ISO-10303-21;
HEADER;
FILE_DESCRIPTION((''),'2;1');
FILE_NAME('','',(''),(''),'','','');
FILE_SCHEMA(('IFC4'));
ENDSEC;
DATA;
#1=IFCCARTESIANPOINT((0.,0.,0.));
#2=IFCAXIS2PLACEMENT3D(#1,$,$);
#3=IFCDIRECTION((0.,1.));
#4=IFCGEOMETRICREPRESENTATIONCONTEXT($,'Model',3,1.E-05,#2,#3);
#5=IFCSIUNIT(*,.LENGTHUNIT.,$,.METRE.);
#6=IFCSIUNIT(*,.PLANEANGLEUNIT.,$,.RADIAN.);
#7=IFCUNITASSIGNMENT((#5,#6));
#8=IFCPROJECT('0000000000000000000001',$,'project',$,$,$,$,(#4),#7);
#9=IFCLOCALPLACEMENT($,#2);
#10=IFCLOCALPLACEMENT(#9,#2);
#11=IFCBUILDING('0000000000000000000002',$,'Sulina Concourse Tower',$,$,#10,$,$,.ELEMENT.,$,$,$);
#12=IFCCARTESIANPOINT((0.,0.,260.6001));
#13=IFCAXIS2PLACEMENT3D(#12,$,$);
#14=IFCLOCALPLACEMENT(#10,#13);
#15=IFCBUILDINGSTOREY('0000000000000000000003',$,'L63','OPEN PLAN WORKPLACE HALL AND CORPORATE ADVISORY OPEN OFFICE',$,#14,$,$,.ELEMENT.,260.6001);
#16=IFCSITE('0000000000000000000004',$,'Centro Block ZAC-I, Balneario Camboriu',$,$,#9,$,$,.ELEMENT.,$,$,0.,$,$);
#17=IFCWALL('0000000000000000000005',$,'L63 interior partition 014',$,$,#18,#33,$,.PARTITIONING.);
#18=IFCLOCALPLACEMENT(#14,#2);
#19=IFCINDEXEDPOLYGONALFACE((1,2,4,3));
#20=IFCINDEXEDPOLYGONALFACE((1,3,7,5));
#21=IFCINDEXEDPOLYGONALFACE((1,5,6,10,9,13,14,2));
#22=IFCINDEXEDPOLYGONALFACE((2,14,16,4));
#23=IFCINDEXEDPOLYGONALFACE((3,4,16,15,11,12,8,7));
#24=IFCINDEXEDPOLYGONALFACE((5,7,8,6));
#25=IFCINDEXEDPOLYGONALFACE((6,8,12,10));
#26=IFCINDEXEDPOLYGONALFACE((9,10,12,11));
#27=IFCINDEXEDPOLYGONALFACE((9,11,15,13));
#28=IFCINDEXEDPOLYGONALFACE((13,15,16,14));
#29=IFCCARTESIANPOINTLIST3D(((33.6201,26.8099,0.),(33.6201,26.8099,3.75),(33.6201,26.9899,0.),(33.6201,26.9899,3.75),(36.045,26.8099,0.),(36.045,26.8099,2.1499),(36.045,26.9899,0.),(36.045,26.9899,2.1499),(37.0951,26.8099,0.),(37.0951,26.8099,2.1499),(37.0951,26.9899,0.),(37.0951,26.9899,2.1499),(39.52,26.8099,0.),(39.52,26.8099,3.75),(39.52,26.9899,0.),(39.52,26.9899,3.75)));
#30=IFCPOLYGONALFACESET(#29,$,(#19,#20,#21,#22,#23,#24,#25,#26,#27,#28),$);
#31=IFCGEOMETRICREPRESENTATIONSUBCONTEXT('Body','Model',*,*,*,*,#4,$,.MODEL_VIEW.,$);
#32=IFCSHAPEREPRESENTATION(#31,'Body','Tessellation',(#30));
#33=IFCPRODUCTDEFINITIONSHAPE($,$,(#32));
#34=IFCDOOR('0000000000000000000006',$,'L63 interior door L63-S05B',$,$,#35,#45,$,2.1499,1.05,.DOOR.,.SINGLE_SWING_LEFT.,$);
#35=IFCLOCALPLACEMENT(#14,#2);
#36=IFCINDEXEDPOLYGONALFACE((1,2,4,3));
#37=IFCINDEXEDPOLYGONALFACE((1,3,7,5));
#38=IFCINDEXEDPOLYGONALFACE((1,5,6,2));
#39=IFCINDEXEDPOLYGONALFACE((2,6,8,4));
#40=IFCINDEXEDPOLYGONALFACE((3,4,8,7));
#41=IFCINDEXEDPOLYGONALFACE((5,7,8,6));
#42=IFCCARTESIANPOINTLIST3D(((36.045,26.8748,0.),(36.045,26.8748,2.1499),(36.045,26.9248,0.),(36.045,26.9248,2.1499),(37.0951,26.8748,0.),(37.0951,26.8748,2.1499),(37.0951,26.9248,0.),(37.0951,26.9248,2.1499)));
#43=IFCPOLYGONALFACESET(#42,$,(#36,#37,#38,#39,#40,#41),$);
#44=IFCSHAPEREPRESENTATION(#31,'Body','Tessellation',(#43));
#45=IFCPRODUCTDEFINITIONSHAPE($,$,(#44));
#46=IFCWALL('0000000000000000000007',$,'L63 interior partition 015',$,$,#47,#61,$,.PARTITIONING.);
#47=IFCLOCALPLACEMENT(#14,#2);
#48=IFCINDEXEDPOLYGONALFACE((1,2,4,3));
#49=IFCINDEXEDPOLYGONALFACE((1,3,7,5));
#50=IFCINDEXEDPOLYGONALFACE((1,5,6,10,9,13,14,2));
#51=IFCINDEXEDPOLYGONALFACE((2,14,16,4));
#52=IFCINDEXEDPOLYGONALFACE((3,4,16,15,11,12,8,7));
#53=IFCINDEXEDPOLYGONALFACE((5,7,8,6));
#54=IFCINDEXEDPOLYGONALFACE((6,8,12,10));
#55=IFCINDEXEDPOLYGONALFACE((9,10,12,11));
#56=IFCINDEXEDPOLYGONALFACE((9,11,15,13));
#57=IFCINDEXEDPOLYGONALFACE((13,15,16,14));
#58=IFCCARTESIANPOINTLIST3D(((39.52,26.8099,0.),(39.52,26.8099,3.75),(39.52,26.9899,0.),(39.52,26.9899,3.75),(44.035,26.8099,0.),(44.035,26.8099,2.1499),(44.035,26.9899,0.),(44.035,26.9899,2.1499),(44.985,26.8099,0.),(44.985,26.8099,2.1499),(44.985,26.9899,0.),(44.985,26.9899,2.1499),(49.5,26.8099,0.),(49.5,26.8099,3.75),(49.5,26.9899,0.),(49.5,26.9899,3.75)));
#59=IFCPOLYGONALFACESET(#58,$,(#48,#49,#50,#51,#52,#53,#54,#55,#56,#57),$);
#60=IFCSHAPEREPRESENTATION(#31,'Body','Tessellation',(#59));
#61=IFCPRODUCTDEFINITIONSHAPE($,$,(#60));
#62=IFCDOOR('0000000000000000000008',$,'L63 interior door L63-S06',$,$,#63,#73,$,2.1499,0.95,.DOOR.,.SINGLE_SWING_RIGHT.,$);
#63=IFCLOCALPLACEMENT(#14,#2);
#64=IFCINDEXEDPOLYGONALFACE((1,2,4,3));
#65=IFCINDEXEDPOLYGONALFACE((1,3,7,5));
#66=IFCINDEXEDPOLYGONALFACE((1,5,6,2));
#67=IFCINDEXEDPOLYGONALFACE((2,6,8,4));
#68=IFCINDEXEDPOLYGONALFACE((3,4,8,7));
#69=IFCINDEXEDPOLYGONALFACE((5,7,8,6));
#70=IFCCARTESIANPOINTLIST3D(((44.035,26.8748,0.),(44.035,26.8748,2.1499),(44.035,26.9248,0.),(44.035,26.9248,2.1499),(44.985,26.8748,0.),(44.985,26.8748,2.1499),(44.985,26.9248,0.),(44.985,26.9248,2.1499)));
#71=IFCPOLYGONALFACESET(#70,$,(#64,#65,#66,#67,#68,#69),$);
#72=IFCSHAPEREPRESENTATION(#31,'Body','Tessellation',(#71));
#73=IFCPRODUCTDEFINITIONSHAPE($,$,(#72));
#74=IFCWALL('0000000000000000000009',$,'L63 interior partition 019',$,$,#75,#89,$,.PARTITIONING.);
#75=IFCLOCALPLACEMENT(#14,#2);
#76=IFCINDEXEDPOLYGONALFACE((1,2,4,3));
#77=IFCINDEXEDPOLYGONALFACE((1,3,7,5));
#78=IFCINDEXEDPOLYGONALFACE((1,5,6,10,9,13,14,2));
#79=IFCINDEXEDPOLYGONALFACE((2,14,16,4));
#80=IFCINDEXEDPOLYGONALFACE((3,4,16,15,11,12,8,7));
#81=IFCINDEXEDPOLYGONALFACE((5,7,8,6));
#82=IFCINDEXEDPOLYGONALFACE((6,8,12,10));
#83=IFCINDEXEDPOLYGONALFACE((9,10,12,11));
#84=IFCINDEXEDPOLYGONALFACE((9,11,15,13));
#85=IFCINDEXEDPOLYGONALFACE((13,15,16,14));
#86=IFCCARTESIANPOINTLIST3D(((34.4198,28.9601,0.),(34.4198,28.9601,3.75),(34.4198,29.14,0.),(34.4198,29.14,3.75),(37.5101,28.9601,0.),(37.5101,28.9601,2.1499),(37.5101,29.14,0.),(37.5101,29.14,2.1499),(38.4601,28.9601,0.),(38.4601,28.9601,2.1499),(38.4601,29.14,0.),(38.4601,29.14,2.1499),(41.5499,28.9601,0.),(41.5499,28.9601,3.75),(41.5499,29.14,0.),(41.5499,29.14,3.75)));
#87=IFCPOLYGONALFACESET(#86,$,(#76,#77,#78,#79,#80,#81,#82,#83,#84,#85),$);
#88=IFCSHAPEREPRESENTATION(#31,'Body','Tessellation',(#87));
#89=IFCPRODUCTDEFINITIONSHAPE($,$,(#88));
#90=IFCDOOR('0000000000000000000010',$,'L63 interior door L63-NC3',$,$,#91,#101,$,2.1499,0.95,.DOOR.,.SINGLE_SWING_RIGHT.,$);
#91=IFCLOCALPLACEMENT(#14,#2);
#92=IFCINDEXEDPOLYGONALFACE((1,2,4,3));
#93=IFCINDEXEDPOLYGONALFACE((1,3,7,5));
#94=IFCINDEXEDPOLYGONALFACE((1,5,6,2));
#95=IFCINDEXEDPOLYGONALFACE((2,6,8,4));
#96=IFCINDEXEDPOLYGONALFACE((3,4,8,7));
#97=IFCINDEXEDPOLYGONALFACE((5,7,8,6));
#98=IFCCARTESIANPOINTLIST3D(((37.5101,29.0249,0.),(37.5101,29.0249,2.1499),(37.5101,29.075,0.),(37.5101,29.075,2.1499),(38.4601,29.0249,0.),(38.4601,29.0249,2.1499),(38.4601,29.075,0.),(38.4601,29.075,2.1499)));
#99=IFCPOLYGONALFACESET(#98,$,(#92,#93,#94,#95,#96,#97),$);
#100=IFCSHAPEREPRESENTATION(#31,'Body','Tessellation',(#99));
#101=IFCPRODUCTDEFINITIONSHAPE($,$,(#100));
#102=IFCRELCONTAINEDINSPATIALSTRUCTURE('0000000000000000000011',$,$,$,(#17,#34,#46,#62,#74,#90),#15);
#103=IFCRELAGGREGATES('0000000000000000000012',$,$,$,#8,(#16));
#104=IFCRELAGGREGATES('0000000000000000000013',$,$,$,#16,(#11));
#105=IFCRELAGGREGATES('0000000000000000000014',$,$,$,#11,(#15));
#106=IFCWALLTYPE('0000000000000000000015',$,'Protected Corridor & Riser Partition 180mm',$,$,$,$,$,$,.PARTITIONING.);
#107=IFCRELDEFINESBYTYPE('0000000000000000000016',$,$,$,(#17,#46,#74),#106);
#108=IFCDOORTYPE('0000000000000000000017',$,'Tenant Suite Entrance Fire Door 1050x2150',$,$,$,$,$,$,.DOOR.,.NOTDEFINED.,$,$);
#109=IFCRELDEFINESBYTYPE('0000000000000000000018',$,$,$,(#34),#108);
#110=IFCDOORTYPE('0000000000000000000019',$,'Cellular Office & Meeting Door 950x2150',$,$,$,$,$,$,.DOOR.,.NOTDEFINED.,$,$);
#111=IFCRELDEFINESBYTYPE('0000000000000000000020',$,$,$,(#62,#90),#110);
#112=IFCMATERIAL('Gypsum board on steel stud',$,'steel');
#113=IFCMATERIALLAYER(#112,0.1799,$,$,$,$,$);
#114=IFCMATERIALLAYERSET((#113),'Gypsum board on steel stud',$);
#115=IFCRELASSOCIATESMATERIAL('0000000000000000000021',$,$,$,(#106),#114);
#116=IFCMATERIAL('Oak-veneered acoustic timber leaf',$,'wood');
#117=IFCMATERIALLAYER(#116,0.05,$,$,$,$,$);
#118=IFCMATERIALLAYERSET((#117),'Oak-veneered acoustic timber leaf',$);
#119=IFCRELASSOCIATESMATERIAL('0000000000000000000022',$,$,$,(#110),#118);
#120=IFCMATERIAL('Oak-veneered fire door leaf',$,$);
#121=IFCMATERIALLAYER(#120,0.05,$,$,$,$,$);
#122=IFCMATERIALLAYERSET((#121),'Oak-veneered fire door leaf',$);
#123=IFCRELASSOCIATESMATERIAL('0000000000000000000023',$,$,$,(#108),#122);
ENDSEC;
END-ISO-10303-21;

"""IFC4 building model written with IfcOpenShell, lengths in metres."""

from ifc_helpers import new_model, si_unit, direction, frame, frame_2d, origin, place, context, subcontext, project, spatial, rectangle, extrude, material, layer, layer_set, type_object, element, fill, save


model = new_model("IFC4")

# Units and contexts
model_context = context("Model", 3, precision=1e-05, world=origin(), true_north=direction((0.0, 1.0)))
body_context = subcontext(model_context, "Body", "Model", "MODEL_VIEW")
ifc_project = project(units=[si_unit("LENGTHUNIT", "METRE"), si_unit("PLANEANGLEUNIT", "RADIAN")], contexts=[model_context])

# Site, building, storey
site_placement = place(None, origin())
site = spatial("IfcSite", under=ifc_project, at=site_placement, Name="Centro Block ZAC-I, Balneario Camboriu", CompositionType="ELEMENT", RefElevation=0.0)
building_placement = place(site_placement, origin())
building = spatial("IfcBuilding", under=site, at=building_placement, Name="Sulina Concourse Tower", CompositionType="ELEMENT")
storey_placement = place(building_placement, frame((0.0, 0.0, 260.6001)))
storey = spatial("IfcBuildingStorey", under=building, at=storey_placement, Name="L63", Description="OPEN PLAN WORKPLACE HALL AND CORPORATE ADVISORY OPEN OFFICE", CompositionType="ELEMENT", Elevation=260.6001)

# Walls, openings, doors
ifc_material_1 = material(Name="Gypsum board on steel stud", Category="steel")
ifc_layer_1 = layer(ifc_material_1, 0.1799)
ifc_layer_set_1 = layer_set([ifc_layer_1], Name="Gypsum board on steel stud")
wall_type_1 = type_object("IfcWallType", Name="Protected Corridor & Riser Partition 180mm", PredefinedType="PARTITIONING", material=ifc_layer_set_1)
ifc_material_2 = material(Name="Oak-veneered acoustic timber leaf", Category="wood")
ifc_layer_2 = layer(ifc_material_2, 0.05)
ifc_layer_set_2 = layer_set([ifc_layer_2], Name="Oak-veneered acoustic timber leaf")
door_type_1 = type_object("IfcDoorType", Name="Cellular Office & Meeting Door 950x2150", OperationType="NOTDEFINED", PredefinedType="DOOR", material=ifc_layer_set_2)
wall_1_placement = place(storey_placement, frame((33.6201, 26.8999, 0.0), z_axis=(0.0, 0.0, 1.0), x_axis=(1.0, 0.0, 0.0)))
wall_1 = element("IfcWall", 1, at=wall_1_placement, inside=storey, type_object=wall_type_1, Name="L63 interior partition 014", PredefinedType="PARTITIONING", context=body_context, shape_type="SweptSolid", body=[
    extrude(rectangle(XDim=5.8999, YDim=0.1799, at=frame_2d((2.95, 0.0))), origin(), (0.0, 0.0, 1.0), 3.75),
])
opening_1_placement = place(wall_1_placement, frame((2.425, 0.0, 0.0)))
opening_1 = element("IfcOpeningElement", 2, at=opening_1_placement, cuts=wall_1, PredefinedType="OPENING", context=body_context, shape_type="SweptSolid", body=[
    extrude(rectangle(XDim=1.05, YDim=2.1499, at=frame_2d((0.5249, 1.075))), frame((0.0, 0.0999, 0.0), z_axis=(0.0, -1.0, 0.0), x_axis=(1.0, 0.0, 0.0)), (0.0, 0.0, 1.0), 0.2),
])
ifc_material_3 = material(Name="Oak-veneered fire door leaf")
ifc_layer_3 = layer(ifc_material_3, 0.05)
ifc_layer_set_3 = layer_set([ifc_layer_3], Name="Oak-veneered fire door leaf")
door_type_2 = type_object("IfcDoorType", Name="Tenant Suite Entrance Fire Door 1050x2150", OperationType="NOTDEFINED", PredefinedType="DOOR", material=ifc_layer_set_3)
door_1_placement = place(opening_1_placement, origin())
door_1 = element("IfcDoor", 3, at=door_1_placement, inside=storey, type_object=door_type_2, Name="L63 interior door L63-S05B", OperationType="SINGLE_SWING_LEFT", OverallHeight=2.1499, OverallWidth=1.05, PredefinedType="DOOR", context=body_context, shape_type="SweptSolid", body=[
    extrude(rectangle(XDim=1.05, YDim=2.1499, at=frame_2d((0.5249, 1.075))), frame((0.0, 0.0249, 0.0), z_axis=(0.0, -1.0, 0.0), x_axis=(1.0, 0.0, 0.0)), (0.0, 0.0, 1.0), 0.05),
])
fill(opening_1, door_1)
wall_2_placement = place(storey_placement, frame((39.52, 26.8999, 0.0), z_axis=(0.0, 0.0, 1.0), x_axis=(1.0, 0.0, 0.0)))
wall_2 = element("IfcWall", 4, at=wall_2_placement, inside=storey, type_object=wall_type_1, Name="L63 interior partition 015", PredefinedType="PARTITIONING", context=body_context, shape_type="SweptSolid", body=[
    extrude(rectangle(XDim=9.98, YDim=0.1799, at=frame_2d((4.99, 0.0))), origin(), (0.0, 0.0, 1.0), 3.75),
])
opening_2_placement = place(wall_2_placement, frame((4.5149, 0.0, 0.0)))
opening_2 = element("IfcOpeningElement", 5, at=opening_2_placement, cuts=wall_2, PredefinedType="OPENING", context=body_context, shape_type="SweptSolid", body=[
    extrude(rectangle(XDim=0.95, YDim=2.1499, at=frame_2d((0.4751, 1.075))), frame((0.0, 0.0999, 0.0), z_axis=(0.0, -1.0, 0.0), x_axis=(1.0, 0.0, 0.0)), (0.0, 0.0, 1.0), 0.2),
])
door_2_placement = place(opening_2_placement, origin())
door_2 = element("IfcDoor", 6, at=door_2_placement, inside=storey, type_object=door_type_1, Name="L63 interior door L63-S06", OperationType="SINGLE_SWING_RIGHT", OverallHeight=2.1499, OverallWidth=0.95, PredefinedType="DOOR", context=body_context, shape_type="SweptSolid", body=[
    extrude(rectangle(XDim=0.95, YDim=2.1499, at=frame_2d((0.4751, 1.075))), frame((0.0, 0.0249, 0.0), z_axis=(0.0, -1.0, 0.0), x_axis=(1.0, 0.0, 0.0)), (0.0, 0.0, 1.0), 0.05),
])
fill(opening_2, door_2)
wall_3_placement = place(storey_placement, frame((34.4199, 29.05, 0.0), z_axis=(0.0, 0.0, 1.0), x_axis=(1.0, 0.0, 0.0)))
wall_3 = element("IfcWall", 7, at=wall_3_placement, inside=storey, type_object=wall_type_1, Name="L63 interior partition 019", PredefinedType="PARTITIONING", context=body_context, shape_type="SweptSolid", body=[
    extrude(rectangle(XDim=7.1301, YDim=0.1799, at=frame_2d((3.5649, 0.0))), origin(), (0.0, 0.0, 1.0), 3.75),
])
opening_3_placement = place(wall_3_placement, frame((3.0901, 0.0, 0.0)))
opening_3 = element("IfcOpeningElement", 8, at=opening_3_placement, cuts=wall_3, PredefinedType="OPENING", context=body_context, shape_type="SweptSolid", body=[
    extrude(rectangle(XDim=0.95, YDim=2.1499, at=frame_2d((0.4751, 1.075))), frame((0.0, 0.0999, 0.0), z_axis=(0.0, -1.0, 0.0), x_axis=(1.0, 0.0, 0.0)), (0.0, 0.0, 1.0), 0.2),
])
door_3_placement = place(opening_3_placement, origin())
door_3 = element("IfcDoor", 9, at=door_3_placement, inside=storey, type_object=door_type_1, Name="L63 interior door L63-NC3", OperationType="SINGLE_SWING_RIGHT", OverallHeight=2.1499, OverallWidth=0.95, PredefinedType="DOOR", context=body_context, shape_type="SweptSolid", body=[
    extrude(rectangle(XDim=0.95, YDim=2.1499, at=frame_2d((0.4751, 1.075))), frame((0.0, 0.0249, 0.0), z_axis=(0.0, -1.0, 0.0), x_axis=(1.0, 0.0, 0.0)), (0.0, 0.0, 1.0), 0.05),
])
fill(opening_3, door_3)

save(model, "model.ifc")
